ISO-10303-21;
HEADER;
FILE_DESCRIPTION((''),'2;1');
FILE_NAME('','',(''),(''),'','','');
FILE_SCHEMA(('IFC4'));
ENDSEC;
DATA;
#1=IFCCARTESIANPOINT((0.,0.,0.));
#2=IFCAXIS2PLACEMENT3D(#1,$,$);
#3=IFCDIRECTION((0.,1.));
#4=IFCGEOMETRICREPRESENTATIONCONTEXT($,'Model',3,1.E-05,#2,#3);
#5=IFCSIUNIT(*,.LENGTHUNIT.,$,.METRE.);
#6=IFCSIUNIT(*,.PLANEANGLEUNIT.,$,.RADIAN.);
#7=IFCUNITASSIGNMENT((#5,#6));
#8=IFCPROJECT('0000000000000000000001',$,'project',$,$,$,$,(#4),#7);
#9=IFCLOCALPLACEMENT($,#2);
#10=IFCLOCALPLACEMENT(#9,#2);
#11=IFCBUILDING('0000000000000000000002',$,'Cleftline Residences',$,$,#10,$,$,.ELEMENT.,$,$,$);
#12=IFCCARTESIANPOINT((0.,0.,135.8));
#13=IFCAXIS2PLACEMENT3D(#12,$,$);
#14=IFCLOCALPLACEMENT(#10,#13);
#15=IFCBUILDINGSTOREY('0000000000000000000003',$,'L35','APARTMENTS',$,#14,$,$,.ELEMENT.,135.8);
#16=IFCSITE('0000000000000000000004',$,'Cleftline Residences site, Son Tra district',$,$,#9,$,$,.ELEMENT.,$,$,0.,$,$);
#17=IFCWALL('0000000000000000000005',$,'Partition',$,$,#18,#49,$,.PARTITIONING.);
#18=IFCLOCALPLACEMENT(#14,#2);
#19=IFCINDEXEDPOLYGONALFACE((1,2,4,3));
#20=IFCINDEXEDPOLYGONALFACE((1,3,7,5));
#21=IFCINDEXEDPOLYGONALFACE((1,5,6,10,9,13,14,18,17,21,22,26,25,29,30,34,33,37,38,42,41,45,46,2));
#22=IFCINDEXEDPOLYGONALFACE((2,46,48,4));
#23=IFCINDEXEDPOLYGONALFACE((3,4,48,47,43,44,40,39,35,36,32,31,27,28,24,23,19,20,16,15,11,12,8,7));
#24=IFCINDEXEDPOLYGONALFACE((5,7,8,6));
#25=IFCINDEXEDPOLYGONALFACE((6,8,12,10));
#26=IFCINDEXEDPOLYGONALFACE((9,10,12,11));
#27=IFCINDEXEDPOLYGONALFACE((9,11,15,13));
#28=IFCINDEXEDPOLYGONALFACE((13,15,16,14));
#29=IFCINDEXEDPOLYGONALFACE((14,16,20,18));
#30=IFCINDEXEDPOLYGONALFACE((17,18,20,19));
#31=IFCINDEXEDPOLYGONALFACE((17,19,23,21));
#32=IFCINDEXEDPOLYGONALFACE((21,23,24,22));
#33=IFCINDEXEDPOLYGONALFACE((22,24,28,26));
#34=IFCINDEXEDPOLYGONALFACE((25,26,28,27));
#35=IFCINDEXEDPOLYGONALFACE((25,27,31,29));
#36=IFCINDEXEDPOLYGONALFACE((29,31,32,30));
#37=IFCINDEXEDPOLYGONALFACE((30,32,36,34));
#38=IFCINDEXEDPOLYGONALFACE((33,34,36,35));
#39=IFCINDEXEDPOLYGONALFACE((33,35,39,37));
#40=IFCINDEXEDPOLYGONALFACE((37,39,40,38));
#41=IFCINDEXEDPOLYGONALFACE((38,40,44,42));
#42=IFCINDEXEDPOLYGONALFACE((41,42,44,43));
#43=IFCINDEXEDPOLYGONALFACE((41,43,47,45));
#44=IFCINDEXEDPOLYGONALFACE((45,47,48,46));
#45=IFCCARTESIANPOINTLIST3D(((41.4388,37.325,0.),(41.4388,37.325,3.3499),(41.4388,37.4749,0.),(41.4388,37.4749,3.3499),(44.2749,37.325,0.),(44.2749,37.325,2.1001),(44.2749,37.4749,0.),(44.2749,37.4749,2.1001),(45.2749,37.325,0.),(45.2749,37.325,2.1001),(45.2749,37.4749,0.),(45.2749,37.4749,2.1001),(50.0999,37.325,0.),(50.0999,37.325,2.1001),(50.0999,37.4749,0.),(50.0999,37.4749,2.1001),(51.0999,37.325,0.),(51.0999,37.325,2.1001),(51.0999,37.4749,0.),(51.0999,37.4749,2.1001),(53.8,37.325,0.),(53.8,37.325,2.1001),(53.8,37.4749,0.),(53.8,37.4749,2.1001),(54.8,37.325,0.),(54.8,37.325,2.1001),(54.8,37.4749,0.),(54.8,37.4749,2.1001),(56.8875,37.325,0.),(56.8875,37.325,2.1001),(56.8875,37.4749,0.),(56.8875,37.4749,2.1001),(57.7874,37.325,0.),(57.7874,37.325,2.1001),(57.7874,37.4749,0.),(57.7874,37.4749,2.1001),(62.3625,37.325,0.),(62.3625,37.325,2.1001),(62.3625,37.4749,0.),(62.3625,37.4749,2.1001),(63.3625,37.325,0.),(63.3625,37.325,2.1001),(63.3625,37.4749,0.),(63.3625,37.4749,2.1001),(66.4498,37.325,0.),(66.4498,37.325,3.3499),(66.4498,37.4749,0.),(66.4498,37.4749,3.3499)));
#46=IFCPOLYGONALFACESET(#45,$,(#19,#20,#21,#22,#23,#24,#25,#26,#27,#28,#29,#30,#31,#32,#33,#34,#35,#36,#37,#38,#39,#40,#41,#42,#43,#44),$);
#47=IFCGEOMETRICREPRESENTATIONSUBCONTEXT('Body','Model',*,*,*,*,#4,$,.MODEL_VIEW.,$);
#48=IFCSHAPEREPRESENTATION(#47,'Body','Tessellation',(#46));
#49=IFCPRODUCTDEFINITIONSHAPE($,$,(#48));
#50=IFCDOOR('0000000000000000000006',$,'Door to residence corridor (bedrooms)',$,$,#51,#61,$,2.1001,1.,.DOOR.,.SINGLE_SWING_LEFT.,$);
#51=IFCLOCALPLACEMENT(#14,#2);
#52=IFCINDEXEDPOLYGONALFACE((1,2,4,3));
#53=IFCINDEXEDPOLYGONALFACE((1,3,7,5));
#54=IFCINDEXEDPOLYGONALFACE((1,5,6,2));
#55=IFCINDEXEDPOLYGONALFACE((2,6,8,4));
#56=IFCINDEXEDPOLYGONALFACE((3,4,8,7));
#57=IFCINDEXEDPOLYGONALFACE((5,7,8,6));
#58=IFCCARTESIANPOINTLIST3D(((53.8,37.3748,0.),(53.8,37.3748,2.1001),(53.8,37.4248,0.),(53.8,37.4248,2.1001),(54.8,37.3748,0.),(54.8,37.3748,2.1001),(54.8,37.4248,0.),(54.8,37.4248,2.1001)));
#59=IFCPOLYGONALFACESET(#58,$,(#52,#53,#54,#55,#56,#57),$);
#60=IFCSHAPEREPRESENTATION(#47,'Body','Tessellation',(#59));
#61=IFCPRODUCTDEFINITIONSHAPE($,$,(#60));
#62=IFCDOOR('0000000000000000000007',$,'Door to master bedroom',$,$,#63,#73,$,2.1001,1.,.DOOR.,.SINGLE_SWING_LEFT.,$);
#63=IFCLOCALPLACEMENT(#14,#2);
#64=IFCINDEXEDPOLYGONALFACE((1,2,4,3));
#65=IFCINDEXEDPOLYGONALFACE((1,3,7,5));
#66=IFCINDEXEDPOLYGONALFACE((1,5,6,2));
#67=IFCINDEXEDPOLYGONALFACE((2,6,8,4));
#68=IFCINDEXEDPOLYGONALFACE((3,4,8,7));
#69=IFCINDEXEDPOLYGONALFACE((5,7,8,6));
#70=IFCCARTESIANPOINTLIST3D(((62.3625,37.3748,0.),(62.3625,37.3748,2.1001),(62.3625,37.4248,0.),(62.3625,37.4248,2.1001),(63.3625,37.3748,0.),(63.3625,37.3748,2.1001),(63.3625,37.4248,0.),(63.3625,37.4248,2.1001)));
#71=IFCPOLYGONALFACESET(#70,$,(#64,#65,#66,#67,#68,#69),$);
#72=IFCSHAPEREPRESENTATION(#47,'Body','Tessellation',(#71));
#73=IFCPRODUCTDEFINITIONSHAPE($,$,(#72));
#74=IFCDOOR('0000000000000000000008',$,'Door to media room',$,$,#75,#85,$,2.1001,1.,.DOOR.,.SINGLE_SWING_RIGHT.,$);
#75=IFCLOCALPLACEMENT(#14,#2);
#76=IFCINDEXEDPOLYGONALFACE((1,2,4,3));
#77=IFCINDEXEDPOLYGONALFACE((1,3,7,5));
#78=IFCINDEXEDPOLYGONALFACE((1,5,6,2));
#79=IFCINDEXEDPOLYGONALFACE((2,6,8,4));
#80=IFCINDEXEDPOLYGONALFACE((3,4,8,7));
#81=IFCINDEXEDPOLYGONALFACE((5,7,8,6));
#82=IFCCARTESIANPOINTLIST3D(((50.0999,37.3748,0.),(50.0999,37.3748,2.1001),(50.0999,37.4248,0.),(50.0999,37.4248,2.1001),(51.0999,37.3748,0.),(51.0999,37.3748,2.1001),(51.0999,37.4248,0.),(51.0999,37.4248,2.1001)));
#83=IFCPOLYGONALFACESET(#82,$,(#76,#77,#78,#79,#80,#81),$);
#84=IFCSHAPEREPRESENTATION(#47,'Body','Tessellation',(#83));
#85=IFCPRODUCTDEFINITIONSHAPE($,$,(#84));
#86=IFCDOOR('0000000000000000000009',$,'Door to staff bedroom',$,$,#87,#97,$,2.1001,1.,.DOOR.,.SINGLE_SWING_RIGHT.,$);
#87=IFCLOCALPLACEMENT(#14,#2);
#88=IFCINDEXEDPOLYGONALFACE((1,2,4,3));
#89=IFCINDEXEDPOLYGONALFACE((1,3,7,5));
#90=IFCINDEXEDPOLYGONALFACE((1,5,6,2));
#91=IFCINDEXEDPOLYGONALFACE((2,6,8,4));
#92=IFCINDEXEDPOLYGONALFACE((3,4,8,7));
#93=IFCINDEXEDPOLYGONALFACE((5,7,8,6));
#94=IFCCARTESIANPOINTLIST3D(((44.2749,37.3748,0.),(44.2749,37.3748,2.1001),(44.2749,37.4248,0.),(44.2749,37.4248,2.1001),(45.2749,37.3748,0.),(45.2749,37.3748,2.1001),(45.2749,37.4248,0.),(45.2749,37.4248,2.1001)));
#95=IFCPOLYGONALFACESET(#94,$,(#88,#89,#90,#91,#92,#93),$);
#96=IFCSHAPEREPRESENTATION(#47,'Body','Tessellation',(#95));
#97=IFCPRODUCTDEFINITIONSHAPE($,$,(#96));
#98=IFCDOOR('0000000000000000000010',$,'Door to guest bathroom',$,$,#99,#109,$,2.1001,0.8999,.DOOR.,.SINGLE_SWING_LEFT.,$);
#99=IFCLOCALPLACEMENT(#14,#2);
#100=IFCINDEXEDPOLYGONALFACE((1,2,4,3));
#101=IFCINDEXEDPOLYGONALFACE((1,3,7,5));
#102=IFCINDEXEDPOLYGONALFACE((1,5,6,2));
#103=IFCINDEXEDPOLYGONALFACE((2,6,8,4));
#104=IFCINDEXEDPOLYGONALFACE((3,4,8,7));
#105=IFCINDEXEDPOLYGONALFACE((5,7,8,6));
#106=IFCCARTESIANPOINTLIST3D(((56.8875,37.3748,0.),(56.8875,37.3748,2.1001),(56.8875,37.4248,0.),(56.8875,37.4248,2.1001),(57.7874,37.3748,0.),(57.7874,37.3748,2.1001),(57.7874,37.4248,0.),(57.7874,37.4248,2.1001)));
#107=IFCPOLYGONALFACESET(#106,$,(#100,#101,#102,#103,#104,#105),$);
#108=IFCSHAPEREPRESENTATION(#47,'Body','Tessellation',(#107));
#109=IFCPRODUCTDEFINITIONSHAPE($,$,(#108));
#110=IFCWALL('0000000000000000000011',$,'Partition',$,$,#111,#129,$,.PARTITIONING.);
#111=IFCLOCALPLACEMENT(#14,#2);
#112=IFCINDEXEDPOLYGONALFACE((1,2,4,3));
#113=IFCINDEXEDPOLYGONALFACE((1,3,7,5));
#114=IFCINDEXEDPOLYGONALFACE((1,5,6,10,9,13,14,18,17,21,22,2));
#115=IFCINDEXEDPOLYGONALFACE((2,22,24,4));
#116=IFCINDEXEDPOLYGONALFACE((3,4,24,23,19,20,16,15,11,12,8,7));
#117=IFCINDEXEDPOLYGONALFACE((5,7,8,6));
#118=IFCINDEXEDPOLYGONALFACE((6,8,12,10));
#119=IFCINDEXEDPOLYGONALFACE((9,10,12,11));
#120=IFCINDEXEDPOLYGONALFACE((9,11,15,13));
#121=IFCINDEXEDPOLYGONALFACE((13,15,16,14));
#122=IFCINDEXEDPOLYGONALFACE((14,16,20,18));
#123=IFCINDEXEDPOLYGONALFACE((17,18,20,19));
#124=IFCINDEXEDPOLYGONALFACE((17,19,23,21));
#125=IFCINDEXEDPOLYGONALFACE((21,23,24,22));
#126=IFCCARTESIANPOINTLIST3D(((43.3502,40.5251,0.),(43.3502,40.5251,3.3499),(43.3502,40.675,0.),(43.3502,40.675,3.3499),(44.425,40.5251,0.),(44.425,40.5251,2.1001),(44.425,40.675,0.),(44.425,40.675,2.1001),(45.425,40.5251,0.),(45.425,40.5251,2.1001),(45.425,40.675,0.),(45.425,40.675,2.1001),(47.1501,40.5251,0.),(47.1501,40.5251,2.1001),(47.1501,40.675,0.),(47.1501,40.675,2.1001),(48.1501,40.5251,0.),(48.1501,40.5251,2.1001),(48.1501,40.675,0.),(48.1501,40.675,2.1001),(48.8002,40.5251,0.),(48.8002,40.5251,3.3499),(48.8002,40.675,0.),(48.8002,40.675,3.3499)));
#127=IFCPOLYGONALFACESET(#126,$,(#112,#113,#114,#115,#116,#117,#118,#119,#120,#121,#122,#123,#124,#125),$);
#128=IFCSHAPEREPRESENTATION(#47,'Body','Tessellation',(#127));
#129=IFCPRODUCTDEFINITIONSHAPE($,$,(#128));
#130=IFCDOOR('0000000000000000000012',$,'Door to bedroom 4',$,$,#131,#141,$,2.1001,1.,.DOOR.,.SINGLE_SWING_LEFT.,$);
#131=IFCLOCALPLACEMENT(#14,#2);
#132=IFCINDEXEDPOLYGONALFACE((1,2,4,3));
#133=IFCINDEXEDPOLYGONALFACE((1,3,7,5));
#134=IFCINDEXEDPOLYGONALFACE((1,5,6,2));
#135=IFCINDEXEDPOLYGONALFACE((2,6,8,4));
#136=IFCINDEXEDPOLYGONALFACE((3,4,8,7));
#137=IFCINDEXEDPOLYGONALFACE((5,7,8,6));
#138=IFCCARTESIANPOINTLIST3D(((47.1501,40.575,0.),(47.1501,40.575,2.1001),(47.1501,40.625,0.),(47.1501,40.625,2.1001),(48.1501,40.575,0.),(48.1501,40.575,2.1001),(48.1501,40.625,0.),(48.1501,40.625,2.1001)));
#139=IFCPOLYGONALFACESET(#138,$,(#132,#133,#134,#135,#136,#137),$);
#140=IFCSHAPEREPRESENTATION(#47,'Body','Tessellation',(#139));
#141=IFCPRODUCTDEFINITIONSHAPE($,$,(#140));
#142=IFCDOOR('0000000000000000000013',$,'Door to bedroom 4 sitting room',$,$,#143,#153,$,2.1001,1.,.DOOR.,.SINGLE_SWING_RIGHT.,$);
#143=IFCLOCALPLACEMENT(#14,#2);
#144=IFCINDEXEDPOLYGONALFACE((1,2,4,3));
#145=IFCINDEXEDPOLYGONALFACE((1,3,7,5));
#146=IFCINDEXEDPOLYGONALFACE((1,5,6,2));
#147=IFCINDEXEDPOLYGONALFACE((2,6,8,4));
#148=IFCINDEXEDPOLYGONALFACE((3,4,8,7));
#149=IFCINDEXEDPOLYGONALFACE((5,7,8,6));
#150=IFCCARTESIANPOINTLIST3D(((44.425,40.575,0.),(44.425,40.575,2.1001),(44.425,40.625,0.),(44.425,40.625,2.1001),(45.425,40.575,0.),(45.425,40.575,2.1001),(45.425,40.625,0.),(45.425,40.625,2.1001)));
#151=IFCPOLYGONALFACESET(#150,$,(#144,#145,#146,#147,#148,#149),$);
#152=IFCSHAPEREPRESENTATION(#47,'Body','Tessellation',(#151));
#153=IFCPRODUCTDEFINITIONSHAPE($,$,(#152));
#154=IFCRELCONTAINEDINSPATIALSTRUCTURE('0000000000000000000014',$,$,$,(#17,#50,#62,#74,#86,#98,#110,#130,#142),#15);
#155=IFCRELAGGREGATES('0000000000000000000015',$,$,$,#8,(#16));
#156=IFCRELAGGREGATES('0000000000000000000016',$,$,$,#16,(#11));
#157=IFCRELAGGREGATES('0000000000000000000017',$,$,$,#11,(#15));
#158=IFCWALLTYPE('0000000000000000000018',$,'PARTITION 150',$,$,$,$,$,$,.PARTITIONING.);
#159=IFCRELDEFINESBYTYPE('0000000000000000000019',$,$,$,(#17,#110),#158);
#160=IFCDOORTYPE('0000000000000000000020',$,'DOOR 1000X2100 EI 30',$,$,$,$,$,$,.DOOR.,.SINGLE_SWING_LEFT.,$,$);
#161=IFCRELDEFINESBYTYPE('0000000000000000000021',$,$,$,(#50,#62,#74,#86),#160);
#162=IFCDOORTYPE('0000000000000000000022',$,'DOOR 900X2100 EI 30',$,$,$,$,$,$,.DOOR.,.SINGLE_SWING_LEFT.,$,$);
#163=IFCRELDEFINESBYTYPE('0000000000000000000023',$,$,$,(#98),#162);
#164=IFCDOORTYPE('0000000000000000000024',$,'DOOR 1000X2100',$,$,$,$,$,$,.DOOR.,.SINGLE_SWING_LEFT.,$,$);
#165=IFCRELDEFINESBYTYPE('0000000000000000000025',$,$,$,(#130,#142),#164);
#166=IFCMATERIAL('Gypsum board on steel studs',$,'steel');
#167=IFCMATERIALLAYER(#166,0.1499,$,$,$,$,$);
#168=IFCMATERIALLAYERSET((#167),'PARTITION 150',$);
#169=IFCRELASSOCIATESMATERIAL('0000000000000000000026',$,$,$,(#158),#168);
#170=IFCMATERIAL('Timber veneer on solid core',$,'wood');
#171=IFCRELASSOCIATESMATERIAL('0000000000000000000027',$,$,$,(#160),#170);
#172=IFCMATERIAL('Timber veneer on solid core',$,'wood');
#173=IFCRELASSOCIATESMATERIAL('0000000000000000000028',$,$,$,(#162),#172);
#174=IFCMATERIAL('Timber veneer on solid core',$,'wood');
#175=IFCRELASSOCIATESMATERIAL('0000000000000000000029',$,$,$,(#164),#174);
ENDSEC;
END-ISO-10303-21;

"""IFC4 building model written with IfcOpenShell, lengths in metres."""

from ifc_helpers import new_model, si_unit, direction, frame, frame_2d, origin, place, context, subcontext, project, spatial, rectangle, extrude, material, layer, layer_set, type_object, element, fill, save


model = new_model("IFC4")

# Units and contexts
model_context = context("Model", 3, precision=1e-05, world=origin(), true_north=direction((0.0, 1.0)))
body_context = subcontext(model_context, "Body", "Model", "MODEL_VIEW")
ifc_project = project(units=[si_unit("LENGTHUNIT", "METRE"), si_unit("PLANEANGLEUNIT", "RADIAN")], contexts=[model_context])

# Site, building, storey
site_placement = place(None, origin())
site = spatial("IfcSite", under=ifc_project, at=site_placement, Name="Cleftline Residences site, Son Tra district", CompositionType="ELEMENT", RefElevation=0.0)
building_placement = place(site_placement, origin())
building = spatial("IfcBuilding", under=site, at=building_placement, Name="Cleftline Residences", CompositionType="ELEMENT")
storey_placement = place(building_placement, frame((0.0, 0.0, 135.8)))
storey = spatial("IfcBuildingStorey", under=building, at=storey_placement, Name="L35", Description="APARTMENTS", CompositionType="ELEMENT", Elevation=135.8)

# Walls, openings, doors
ifc_material_1 = material(Name="Gypsum board on steel studs", Category="steel")
ifc_layer_1 = layer(ifc_material_1, 0.1499)
ifc_layer_set_1 = layer_set([ifc_layer_1], Name="PARTITION 150")
wall_type = type_object("IfcWallType", Name="PARTITION 150", PredefinedType="PARTITIONING", material=ifc_layer_set_1)
wall_1_placement = place(storey_placement, frame((41.439, 37.3999, 0.0), z_axis=(0.0, 0.0, 1.0), x_axis=(1.0, 0.0, 0.0)))
wall_1 = element("IfcWall", 1, at=wall_1_placement, inside=storey, type_object=wall_type, Name="Partition", PredefinedType="PARTITIONING", context=body_context, shape_type="SweptSolid", body=[
    extrude(rectangle(XDim=25.011, YDim=0.1499, at=frame_2d((12.5054, 0.0))), origin(), (0.0, 0.0, 1.0), 3.3499),
])
opening_1_placement = place(wall_1_placement, frame((12.3611, 0.0, 0.0)))
opening_1 = element("IfcOpeningElement", 2, at=opening_1_placement, cuts=wall_1, PredefinedType="OPENING", context=body_context, shape_type="SweptSolid", body=[
    extrude(rectangle(XDim=1.0, YDim=2.1001, at=frame_2d((0.5, 1.05))), frame((0.0, 0.085, 0.0), z_axis=(0.0, -1.0, 0.0), x_axis=(1.0, 0.0, 0.0)), (0.0, 0.0, 1.0), 0.1699),
])
opening_2_placement = place(wall_1_placement, frame((20.9236, 0.0, 0.0)))
opening_2 = element("IfcOpeningElement", 3, at=opening_2_placement, cuts=wall_1, PredefinedType="OPENING", context=body_context, shape_type="SweptSolid", body=[
    extrude(rectangle(XDim=1.0, YDim=2.1001, at=frame_2d((0.5, 1.05))), frame((0.0, 0.085, 0.0), z_axis=(0.0, -1.0, 0.0), x_axis=(1.0, 0.0, 0.0)), (0.0, 0.0, 1.0), 0.1699),
])
opening_3_placement = place(wall_1_placement, frame((15.4485, 0.0, 0.0)))
opening_3 = element("IfcOpeningElement", 4, at=opening_3_placement, cuts=wall_1, PredefinedType="OPENING", context=body_context, shape_type="SweptSolid", body=[
    extrude(rectangle(XDim=0.8999, YDim=2.1001, at=frame_2d((0.45, 1.05))), frame((0.0, 0.085, 0.0), z_axis=(0.0, -1.0, 0.0), x_axis=(1.0, 0.0, 0.0)), (0.0, 0.0, 1.0), 0.1699),
])
opening_4_placement = place(wall_1_placement, frame((8.6609, 0.0, 0.0)))
opening_4 = element("IfcOpeningElement", 5, at=opening_4_placement, cuts=wall_1, PredefinedType="OPENING", context=body_context, shape_type="SweptSolid", body=[
    extrude(rectangle(XDim=1.0, YDim=2.1001, at=frame_2d((0.5, 1.05))), frame((0.0, 0.085, 0.0), z_axis=(0.0, -1.0, 0.0), x_axis=(1.0, 0.0, 0.0)), (0.0, 0.0, 1.0), 0.1699),
])
opening_5_placement = place(wall_1_placement, frame((2.8359, 0.0, 0.0)))
opening_5 = element("IfcOpeningElement", 6, at=opening_5_placement, cuts=wall_1, PredefinedType="OPENING", context=body_context, shape_type="SweptSolid", body=[
    extrude(rectangle(XDim=1.0, YDim=2.1001, at=frame_2d((0.5, 1.05))), frame((0.0, 0.085, 0.0), z_axis=(0.0, -1.0, 0.0), x_axis=(1.0, 0.0, 0.0)), (0.0, 0.0, 1.0), 0.1699),
])
ifc_material_2 = material(Name="Timber veneer on solid core", Category="wood")
door_type_1 = type_object("IfcDoorType", Name="DOOR 1000X2100 EI 30", OperationType="SINGLE_SWING_LEFT", PredefinedType="DOOR", material=ifc_material_2)
door_1_placement = place(opening_1_placement, origin())
door_1 = element("IfcDoor", 7, at=door_1_placement, inside=storey, type_object=door_type_1, Name="Door to residence corridor (bedrooms)", OperationType="SINGLE_SWING_LEFT", OverallHeight=2.1001, OverallWidth=1.0, PredefinedType="DOOR", context=body_context, shape_type="SweptSolid", body=[
    extrude(rectangle(XDim=1.0, YDim=2.1001, at=frame_2d((0.5, 1.05))), frame((0.0, 0.0249, 0.0), z_axis=(0.0, -1.0, 0.0), x_axis=(1.0, 0.0, 0.0)), (0.0, 0.0, 1.0), 0.05),
])
fill(opening_1, door_1)
door_2_placement = place(opening_2_placement, origin())
door_2 = element("IfcDoor", 8, at=door_2_placement, inside=storey, type_object=door_type_1, Name="Door to master bedroom", OperationType="SINGLE_SWING_LEFT", OverallHeight=2.1001, OverallWidth=1.0, PredefinedType="DOOR", context=body_context, shape_type="SweptSolid", body=[
    extrude(rectangle(XDim=1.0, YDim=2.1001, at=frame_2d((0.5, 1.05))), frame((0.0, 0.0249, 0.0), z_axis=(0.0, -1.0, 0.0), x_axis=(1.0, 0.0, 0.0)), (0.0, 0.0, 1.0), 0.05),
])
fill(opening_2, door_2)
door_3_placement = place(opening_4_placement, origin())
door_3 = element("IfcDoor", 9, at=door_3_placement, inside=storey, type_object=door_type_1, Name="Door to media room", OperationType="SINGLE_SWING_RIGHT", OverallHeight=2.1001, OverallWidth=1.0, PredefinedType="DOOR", context=body_context, shape_type="SweptSolid", body=[
    extrude(rectangle(XDim=1.0, YDim=2.1001, at=frame_2d((0.5, 1.05))), frame((0.0, 0.0249, 0.0), z_axis=(0.0, -1.0, 0.0), x_axis=(1.0, 0.0, 0.0)), (0.0, 0.0, 1.0), 0.05),
])
fill(opening_4, door_3)
door_4_placement = place(opening_5_placement, origin())
door_4 = element("IfcDoor", 10, at=door_4_placement, inside=storey, type_object=door_type_1, Name="Door to staff bedroom", OperationType="SINGLE_SWING_RIGHT", OverallHeight=2.1001, OverallWidth=1.0, PredefinedType="DOOR", context=body_context, shape_type="SweptSolid", body=[
    extrude(rectangle(XDim=1.0, YDim=2.1001, at=frame_2d((0.5, 1.05))), frame((0.0, 0.0249, 0.0), z_axis=(0.0, -1.0, 0.0), x_axis=(1.0, 0.0, 0.0)), (0.0, 0.0, 1.0), 0.05),
])
fill(opening_5, door_4)
ifc_material_3 = material(Name="Timber veneer on solid core", Category="wood")
door_type_2 = type_object("IfcDoorType", Name="DOOR 900X2100 EI 30", OperationType="SINGLE_SWING_LEFT", PredefinedType="DOOR", material=ifc_material_3)
door_5_placement = place(opening_3_placement, origin())
door_5 = element("IfcDoor", 11, at=door_5_placement, inside=storey, type_object=door_type_2, Name="Door to guest bathroom", OperationType="SINGLE_SWING_LEFT", OverallHeight=2.1001, OverallWidth=0.8999, PredefinedType="DOOR", context=body_context, shape_type="SweptSolid", body=[
    extrude(rectangle(XDim=0.8999, YDim=2.1001, at=frame_2d((0.45, 1.05))), frame((0.0, 0.0249, 0.0), z_axis=(0.0, -1.0, 0.0), x_axis=(1.0, 0.0, 0.0)), (0.0, 0.0, 1.0), 0.05),
])
fill(opening_3, door_5)
wall_2_placement = place(storey_placement, frame((43.3501, 40.6001, 0.0), z_axis=(0.0, 0.0, 1.0), x_axis=(1.0, 0.0, 0.0)))
wall_2 = element("IfcWall", 12, at=wall_2_placement, inside=storey, type_object=wall_type, Name="Partition", PredefinedType="PARTITIONING", context=body_context, shape_type="SweptSolid", body=[
    extrude(rectangle(XDim=5.45, YDim=0.1499, at=frame_2d((2.7251, 0.0))), origin(), (0.0, 0.0, 1.0), 3.3499),
])
opening_6_placement = place(wall_2_placement, frame((3.8, 0.0, 0.0)))
opening_6 = element("IfcOpeningElement", 13, at=opening_6_placement, cuts=wall_2, PredefinedType="OPENING", context=body_context, shape_type="SweptSolid", body=[
    extrude(rectangle(XDim=1.0, YDim=2.1001, at=frame_2d((0.5, 1.05))), frame((0.0, 0.085, 0.0), z_axis=(0.0, -1.0, 0.0), x_axis=(1.0, 0.0, 0.0)), (0.0, 0.0, 1.0), 0.1699),
])
opening_7_placement = place(wall_2_placement, frame((1.075, 0.0, 0.0)))
opening_7 = element("IfcOpeningElement", 14, at=opening_7_placement, cuts=wall_2, PredefinedType="OPENING", context=body_context, shape_type="SweptSolid", body=[
    extrude(rectangle(XDim=1.0, YDim=2.1001, at=frame_2d((0.5, 1.05))), frame((0.0, 0.085, 0.0), z_axis=(0.0, -1.0, 0.0), x_axis=(1.0, 0.0, 0.0)), (0.0, 0.0, 1.0), 0.1699),
])
ifc_material_4 = material(Name="Timber veneer on solid core", Category="wood")
door_type_3 = type_object("IfcDoorType", Name="DOOR 1000X2100", OperationType="SINGLE_SWING_LEFT", PredefinedType="DOOR", material=ifc_material_4)
door_6_placement = place(opening_6_placement, origin())
door_6 = element("IfcDoor", 15, at=door_6_placement, inside=storey, type_object=door_type_3, Name="Door to bedroom 4", OperationType="SINGLE_SWING_LEFT", OverallHeight=2.1001, OverallWidth=1.0, PredefinedType="DOOR", context=body_context, shape_type="SweptSolid", body=[
    extrude(rectangle(XDim=1.0, YDim=2.1001, at=frame_2d((0.5, 1.05))), frame((0.0, 0.0249, 0.0), z_axis=(0.0, -1.0, 0.0), x_axis=(1.0, 0.0, 0.0)), (0.0, 0.0, 1.0), 0.05),
])
fill(opening_6, door_6)
door_7_placement = place(opening_7_placement, origin())
door_7 = element("IfcDoor", 16, at=door_7_placement, inside=storey, type_object=door_type_3, Name="Door to bedroom 4 sitting room", OperationType="SINGLE_SWING_RIGHT", OverallHeight=2.1001, OverallWidth=1.0, PredefinedType="DOOR", context=body_context, shape_type="SweptSolid", body=[
    extrude(rectangle(XDim=1.0, YDim=2.1001, at=frame_2d((0.5, 1.05))), frame((0.0, 0.0249, 0.0), z_axis=(0.0, -1.0, 0.0), x_axis=(1.0, 0.0, 0.0)), (0.0, 0.0, 1.0), 0.05),
])
fill(opening_7, door_7)

save(model, "model.ifc")
